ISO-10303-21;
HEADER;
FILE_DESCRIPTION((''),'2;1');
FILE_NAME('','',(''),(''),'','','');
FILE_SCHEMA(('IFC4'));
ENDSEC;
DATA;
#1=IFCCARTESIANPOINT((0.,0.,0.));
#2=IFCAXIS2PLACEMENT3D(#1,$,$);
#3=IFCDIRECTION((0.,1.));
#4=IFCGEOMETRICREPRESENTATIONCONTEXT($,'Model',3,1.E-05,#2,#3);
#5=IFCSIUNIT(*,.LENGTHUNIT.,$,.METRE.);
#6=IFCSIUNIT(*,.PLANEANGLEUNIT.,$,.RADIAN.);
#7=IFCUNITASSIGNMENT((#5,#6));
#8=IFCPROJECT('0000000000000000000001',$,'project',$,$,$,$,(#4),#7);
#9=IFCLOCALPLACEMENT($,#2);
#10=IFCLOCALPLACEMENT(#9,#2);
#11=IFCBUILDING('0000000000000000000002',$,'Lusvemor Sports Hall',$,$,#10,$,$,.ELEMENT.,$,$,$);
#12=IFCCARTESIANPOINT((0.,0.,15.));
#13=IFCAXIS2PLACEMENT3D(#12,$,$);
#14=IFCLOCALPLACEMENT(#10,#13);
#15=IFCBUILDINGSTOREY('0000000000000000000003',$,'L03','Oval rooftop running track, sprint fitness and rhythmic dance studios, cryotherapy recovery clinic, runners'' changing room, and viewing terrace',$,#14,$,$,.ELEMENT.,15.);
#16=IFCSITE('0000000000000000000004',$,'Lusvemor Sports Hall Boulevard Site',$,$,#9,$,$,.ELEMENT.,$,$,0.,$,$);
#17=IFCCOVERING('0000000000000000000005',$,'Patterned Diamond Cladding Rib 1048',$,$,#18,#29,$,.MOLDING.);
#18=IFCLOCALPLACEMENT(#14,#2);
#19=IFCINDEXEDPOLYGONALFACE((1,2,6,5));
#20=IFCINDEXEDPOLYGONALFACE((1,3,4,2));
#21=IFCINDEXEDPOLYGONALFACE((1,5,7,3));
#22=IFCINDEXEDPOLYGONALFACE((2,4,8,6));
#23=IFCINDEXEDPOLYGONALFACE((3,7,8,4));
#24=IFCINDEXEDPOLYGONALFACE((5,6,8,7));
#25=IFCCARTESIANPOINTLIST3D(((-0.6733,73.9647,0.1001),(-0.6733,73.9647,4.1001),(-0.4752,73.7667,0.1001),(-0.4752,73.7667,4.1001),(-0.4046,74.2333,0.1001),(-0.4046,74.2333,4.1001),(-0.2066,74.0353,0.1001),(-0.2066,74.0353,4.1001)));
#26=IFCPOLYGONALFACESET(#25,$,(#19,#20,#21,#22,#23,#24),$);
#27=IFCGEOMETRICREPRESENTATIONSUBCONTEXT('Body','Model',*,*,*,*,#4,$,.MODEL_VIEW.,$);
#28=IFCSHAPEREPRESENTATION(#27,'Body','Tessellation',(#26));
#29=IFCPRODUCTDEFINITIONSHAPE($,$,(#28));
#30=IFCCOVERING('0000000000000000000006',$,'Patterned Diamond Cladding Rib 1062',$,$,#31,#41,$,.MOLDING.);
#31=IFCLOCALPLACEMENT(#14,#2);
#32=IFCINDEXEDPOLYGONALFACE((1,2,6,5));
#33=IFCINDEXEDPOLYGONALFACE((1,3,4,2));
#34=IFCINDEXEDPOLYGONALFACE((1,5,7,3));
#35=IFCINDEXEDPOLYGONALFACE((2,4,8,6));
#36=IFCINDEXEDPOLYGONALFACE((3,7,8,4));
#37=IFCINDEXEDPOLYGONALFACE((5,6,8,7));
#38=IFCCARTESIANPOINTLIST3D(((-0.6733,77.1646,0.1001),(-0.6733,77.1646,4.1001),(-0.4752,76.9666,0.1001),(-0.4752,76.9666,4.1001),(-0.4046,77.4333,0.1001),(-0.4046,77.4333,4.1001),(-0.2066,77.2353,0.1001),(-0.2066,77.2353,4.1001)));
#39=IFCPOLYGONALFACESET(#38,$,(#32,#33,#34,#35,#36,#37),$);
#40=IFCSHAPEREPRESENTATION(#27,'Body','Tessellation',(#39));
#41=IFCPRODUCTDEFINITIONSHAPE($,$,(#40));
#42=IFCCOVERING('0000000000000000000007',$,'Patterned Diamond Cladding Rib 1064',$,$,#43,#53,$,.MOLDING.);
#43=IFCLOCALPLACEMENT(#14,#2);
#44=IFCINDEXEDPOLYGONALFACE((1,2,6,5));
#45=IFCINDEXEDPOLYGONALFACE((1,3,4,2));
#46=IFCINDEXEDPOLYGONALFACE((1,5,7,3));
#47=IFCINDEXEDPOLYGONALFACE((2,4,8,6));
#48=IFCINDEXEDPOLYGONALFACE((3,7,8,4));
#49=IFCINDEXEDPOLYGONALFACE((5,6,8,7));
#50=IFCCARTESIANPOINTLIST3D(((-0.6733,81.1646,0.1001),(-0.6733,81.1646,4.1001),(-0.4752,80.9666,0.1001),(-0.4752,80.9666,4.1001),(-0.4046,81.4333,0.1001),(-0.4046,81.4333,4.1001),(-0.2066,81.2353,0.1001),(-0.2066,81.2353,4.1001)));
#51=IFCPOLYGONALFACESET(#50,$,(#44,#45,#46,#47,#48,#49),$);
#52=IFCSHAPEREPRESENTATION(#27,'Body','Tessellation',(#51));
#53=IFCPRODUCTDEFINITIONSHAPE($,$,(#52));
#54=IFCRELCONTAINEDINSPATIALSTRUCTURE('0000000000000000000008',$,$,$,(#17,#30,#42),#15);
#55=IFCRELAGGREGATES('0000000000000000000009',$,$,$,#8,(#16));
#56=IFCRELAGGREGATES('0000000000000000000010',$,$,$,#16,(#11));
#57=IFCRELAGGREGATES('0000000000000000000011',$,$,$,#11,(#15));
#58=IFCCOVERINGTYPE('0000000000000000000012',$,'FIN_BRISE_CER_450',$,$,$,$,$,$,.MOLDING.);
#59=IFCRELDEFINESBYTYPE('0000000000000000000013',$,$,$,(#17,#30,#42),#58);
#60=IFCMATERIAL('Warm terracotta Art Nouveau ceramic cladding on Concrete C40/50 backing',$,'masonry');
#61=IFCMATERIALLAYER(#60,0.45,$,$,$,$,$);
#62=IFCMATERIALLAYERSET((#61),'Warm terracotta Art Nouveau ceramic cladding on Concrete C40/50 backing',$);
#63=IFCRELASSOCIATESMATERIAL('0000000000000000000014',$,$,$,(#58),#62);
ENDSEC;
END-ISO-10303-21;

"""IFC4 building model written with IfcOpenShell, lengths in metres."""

from ifc_helpers import new_model, si_unit, direction, frame, origin, origin_2d, place, context, subcontext, project, spatial, rectangle, extrude, material, layer, layer_set, type_object, element, save


model = new_model("IFC4")

# Units and contexts
model_context = context("Model", 3, precision=1e-05, world=origin(), true_north=direction((0.0, 1.0)))
body_context = subcontext(model_context, "Body", "Model", "MODEL_VIEW")
ifc_project = project(units=[si_unit("LENGTHUNIT", "METRE"), si_unit("PLANEANGLEUNIT", "RADIAN")], contexts=[model_context])

# Site, building, storey
site_placement = place(None, origin())
site = spatial("IfcSite", under=ifc_project, at=site_placement, Name="Lusvemor Sports Hall Boulevard Site", CompositionType="ELEMENT", RefElevation=0.0)
building_placement = place(site_placement, origin())
building = spatial("IfcBuilding", under=site, at=building_placement, Name="Lusvemor Sports Hall", CompositionType="ELEMENT")
storey_placement = place(building_placement, frame((0.0, 0.0, 15.0)))
storey = spatial("IfcBuildingStorey", under=building, at=storey_placement, Name="L03", Description="Oval rooftop running track, sprint fitness and rhythmic dance studios, cryotherapy recovery clinic, runners' changing room, and viewing terrace", CompositionType="ELEMENT", Elevation=15.0)

# Coverings
ifc_material_1 = material(Name="Warm terracotta Art Nouveau ceramic cladding on Concrete C40/50 backing", Category="masonry")
ifc_layer_1 = layer(ifc_material_1, 0.45)
ifc_layer_set_1 = layer_set([ifc_layer_1], Name="Warm terracotta Art Nouveau ceramic cladding on Concrete C40/50 backing")
covering_type_1 = type_object("IfcCoveringType", Name="FIN_BRISE_CER_450", PredefinedType="MOLDING", material=ifc_layer_set_1)
for number, where, z_axis, x_axis, name in (
    (1, (-0.4399, 74.0, 0.1001), (0.0, 0.0, 1.0), (0.707107, 0.707107, 0.0), "Patterned Diamond Cladding Rib 1048"),
    (2, (-0.4399, 77.2, 0.1001), (0.0, 0.0, 1.0), (0.707107, 0.707107, 0.0), "Patterned Diamond Cladding Rib 1062"),
    (3, (-0.4399, 81.2, 0.1001), (0.0, 0.0, 1.0), (0.707107, 0.707107, 0.0), "Patterned Diamond Cladding Rib 1064"),
):
    element("IfcCovering", number, at=place(storey_placement, frame(where, z_axis=z_axis, x_axis=x_axis)), inside=storey, type_object=covering_type_1, Name=name, PredefinedType="MOLDING", context=body_context, shape_type="SweptSolid", body=[
        extrude(rectangle(XDim=0.3799, YDim=0.28, at=origin_2d()), origin(), (0.0, 0.0, 1.0), 4.0),
    ])

save(model, "model.ifc")
